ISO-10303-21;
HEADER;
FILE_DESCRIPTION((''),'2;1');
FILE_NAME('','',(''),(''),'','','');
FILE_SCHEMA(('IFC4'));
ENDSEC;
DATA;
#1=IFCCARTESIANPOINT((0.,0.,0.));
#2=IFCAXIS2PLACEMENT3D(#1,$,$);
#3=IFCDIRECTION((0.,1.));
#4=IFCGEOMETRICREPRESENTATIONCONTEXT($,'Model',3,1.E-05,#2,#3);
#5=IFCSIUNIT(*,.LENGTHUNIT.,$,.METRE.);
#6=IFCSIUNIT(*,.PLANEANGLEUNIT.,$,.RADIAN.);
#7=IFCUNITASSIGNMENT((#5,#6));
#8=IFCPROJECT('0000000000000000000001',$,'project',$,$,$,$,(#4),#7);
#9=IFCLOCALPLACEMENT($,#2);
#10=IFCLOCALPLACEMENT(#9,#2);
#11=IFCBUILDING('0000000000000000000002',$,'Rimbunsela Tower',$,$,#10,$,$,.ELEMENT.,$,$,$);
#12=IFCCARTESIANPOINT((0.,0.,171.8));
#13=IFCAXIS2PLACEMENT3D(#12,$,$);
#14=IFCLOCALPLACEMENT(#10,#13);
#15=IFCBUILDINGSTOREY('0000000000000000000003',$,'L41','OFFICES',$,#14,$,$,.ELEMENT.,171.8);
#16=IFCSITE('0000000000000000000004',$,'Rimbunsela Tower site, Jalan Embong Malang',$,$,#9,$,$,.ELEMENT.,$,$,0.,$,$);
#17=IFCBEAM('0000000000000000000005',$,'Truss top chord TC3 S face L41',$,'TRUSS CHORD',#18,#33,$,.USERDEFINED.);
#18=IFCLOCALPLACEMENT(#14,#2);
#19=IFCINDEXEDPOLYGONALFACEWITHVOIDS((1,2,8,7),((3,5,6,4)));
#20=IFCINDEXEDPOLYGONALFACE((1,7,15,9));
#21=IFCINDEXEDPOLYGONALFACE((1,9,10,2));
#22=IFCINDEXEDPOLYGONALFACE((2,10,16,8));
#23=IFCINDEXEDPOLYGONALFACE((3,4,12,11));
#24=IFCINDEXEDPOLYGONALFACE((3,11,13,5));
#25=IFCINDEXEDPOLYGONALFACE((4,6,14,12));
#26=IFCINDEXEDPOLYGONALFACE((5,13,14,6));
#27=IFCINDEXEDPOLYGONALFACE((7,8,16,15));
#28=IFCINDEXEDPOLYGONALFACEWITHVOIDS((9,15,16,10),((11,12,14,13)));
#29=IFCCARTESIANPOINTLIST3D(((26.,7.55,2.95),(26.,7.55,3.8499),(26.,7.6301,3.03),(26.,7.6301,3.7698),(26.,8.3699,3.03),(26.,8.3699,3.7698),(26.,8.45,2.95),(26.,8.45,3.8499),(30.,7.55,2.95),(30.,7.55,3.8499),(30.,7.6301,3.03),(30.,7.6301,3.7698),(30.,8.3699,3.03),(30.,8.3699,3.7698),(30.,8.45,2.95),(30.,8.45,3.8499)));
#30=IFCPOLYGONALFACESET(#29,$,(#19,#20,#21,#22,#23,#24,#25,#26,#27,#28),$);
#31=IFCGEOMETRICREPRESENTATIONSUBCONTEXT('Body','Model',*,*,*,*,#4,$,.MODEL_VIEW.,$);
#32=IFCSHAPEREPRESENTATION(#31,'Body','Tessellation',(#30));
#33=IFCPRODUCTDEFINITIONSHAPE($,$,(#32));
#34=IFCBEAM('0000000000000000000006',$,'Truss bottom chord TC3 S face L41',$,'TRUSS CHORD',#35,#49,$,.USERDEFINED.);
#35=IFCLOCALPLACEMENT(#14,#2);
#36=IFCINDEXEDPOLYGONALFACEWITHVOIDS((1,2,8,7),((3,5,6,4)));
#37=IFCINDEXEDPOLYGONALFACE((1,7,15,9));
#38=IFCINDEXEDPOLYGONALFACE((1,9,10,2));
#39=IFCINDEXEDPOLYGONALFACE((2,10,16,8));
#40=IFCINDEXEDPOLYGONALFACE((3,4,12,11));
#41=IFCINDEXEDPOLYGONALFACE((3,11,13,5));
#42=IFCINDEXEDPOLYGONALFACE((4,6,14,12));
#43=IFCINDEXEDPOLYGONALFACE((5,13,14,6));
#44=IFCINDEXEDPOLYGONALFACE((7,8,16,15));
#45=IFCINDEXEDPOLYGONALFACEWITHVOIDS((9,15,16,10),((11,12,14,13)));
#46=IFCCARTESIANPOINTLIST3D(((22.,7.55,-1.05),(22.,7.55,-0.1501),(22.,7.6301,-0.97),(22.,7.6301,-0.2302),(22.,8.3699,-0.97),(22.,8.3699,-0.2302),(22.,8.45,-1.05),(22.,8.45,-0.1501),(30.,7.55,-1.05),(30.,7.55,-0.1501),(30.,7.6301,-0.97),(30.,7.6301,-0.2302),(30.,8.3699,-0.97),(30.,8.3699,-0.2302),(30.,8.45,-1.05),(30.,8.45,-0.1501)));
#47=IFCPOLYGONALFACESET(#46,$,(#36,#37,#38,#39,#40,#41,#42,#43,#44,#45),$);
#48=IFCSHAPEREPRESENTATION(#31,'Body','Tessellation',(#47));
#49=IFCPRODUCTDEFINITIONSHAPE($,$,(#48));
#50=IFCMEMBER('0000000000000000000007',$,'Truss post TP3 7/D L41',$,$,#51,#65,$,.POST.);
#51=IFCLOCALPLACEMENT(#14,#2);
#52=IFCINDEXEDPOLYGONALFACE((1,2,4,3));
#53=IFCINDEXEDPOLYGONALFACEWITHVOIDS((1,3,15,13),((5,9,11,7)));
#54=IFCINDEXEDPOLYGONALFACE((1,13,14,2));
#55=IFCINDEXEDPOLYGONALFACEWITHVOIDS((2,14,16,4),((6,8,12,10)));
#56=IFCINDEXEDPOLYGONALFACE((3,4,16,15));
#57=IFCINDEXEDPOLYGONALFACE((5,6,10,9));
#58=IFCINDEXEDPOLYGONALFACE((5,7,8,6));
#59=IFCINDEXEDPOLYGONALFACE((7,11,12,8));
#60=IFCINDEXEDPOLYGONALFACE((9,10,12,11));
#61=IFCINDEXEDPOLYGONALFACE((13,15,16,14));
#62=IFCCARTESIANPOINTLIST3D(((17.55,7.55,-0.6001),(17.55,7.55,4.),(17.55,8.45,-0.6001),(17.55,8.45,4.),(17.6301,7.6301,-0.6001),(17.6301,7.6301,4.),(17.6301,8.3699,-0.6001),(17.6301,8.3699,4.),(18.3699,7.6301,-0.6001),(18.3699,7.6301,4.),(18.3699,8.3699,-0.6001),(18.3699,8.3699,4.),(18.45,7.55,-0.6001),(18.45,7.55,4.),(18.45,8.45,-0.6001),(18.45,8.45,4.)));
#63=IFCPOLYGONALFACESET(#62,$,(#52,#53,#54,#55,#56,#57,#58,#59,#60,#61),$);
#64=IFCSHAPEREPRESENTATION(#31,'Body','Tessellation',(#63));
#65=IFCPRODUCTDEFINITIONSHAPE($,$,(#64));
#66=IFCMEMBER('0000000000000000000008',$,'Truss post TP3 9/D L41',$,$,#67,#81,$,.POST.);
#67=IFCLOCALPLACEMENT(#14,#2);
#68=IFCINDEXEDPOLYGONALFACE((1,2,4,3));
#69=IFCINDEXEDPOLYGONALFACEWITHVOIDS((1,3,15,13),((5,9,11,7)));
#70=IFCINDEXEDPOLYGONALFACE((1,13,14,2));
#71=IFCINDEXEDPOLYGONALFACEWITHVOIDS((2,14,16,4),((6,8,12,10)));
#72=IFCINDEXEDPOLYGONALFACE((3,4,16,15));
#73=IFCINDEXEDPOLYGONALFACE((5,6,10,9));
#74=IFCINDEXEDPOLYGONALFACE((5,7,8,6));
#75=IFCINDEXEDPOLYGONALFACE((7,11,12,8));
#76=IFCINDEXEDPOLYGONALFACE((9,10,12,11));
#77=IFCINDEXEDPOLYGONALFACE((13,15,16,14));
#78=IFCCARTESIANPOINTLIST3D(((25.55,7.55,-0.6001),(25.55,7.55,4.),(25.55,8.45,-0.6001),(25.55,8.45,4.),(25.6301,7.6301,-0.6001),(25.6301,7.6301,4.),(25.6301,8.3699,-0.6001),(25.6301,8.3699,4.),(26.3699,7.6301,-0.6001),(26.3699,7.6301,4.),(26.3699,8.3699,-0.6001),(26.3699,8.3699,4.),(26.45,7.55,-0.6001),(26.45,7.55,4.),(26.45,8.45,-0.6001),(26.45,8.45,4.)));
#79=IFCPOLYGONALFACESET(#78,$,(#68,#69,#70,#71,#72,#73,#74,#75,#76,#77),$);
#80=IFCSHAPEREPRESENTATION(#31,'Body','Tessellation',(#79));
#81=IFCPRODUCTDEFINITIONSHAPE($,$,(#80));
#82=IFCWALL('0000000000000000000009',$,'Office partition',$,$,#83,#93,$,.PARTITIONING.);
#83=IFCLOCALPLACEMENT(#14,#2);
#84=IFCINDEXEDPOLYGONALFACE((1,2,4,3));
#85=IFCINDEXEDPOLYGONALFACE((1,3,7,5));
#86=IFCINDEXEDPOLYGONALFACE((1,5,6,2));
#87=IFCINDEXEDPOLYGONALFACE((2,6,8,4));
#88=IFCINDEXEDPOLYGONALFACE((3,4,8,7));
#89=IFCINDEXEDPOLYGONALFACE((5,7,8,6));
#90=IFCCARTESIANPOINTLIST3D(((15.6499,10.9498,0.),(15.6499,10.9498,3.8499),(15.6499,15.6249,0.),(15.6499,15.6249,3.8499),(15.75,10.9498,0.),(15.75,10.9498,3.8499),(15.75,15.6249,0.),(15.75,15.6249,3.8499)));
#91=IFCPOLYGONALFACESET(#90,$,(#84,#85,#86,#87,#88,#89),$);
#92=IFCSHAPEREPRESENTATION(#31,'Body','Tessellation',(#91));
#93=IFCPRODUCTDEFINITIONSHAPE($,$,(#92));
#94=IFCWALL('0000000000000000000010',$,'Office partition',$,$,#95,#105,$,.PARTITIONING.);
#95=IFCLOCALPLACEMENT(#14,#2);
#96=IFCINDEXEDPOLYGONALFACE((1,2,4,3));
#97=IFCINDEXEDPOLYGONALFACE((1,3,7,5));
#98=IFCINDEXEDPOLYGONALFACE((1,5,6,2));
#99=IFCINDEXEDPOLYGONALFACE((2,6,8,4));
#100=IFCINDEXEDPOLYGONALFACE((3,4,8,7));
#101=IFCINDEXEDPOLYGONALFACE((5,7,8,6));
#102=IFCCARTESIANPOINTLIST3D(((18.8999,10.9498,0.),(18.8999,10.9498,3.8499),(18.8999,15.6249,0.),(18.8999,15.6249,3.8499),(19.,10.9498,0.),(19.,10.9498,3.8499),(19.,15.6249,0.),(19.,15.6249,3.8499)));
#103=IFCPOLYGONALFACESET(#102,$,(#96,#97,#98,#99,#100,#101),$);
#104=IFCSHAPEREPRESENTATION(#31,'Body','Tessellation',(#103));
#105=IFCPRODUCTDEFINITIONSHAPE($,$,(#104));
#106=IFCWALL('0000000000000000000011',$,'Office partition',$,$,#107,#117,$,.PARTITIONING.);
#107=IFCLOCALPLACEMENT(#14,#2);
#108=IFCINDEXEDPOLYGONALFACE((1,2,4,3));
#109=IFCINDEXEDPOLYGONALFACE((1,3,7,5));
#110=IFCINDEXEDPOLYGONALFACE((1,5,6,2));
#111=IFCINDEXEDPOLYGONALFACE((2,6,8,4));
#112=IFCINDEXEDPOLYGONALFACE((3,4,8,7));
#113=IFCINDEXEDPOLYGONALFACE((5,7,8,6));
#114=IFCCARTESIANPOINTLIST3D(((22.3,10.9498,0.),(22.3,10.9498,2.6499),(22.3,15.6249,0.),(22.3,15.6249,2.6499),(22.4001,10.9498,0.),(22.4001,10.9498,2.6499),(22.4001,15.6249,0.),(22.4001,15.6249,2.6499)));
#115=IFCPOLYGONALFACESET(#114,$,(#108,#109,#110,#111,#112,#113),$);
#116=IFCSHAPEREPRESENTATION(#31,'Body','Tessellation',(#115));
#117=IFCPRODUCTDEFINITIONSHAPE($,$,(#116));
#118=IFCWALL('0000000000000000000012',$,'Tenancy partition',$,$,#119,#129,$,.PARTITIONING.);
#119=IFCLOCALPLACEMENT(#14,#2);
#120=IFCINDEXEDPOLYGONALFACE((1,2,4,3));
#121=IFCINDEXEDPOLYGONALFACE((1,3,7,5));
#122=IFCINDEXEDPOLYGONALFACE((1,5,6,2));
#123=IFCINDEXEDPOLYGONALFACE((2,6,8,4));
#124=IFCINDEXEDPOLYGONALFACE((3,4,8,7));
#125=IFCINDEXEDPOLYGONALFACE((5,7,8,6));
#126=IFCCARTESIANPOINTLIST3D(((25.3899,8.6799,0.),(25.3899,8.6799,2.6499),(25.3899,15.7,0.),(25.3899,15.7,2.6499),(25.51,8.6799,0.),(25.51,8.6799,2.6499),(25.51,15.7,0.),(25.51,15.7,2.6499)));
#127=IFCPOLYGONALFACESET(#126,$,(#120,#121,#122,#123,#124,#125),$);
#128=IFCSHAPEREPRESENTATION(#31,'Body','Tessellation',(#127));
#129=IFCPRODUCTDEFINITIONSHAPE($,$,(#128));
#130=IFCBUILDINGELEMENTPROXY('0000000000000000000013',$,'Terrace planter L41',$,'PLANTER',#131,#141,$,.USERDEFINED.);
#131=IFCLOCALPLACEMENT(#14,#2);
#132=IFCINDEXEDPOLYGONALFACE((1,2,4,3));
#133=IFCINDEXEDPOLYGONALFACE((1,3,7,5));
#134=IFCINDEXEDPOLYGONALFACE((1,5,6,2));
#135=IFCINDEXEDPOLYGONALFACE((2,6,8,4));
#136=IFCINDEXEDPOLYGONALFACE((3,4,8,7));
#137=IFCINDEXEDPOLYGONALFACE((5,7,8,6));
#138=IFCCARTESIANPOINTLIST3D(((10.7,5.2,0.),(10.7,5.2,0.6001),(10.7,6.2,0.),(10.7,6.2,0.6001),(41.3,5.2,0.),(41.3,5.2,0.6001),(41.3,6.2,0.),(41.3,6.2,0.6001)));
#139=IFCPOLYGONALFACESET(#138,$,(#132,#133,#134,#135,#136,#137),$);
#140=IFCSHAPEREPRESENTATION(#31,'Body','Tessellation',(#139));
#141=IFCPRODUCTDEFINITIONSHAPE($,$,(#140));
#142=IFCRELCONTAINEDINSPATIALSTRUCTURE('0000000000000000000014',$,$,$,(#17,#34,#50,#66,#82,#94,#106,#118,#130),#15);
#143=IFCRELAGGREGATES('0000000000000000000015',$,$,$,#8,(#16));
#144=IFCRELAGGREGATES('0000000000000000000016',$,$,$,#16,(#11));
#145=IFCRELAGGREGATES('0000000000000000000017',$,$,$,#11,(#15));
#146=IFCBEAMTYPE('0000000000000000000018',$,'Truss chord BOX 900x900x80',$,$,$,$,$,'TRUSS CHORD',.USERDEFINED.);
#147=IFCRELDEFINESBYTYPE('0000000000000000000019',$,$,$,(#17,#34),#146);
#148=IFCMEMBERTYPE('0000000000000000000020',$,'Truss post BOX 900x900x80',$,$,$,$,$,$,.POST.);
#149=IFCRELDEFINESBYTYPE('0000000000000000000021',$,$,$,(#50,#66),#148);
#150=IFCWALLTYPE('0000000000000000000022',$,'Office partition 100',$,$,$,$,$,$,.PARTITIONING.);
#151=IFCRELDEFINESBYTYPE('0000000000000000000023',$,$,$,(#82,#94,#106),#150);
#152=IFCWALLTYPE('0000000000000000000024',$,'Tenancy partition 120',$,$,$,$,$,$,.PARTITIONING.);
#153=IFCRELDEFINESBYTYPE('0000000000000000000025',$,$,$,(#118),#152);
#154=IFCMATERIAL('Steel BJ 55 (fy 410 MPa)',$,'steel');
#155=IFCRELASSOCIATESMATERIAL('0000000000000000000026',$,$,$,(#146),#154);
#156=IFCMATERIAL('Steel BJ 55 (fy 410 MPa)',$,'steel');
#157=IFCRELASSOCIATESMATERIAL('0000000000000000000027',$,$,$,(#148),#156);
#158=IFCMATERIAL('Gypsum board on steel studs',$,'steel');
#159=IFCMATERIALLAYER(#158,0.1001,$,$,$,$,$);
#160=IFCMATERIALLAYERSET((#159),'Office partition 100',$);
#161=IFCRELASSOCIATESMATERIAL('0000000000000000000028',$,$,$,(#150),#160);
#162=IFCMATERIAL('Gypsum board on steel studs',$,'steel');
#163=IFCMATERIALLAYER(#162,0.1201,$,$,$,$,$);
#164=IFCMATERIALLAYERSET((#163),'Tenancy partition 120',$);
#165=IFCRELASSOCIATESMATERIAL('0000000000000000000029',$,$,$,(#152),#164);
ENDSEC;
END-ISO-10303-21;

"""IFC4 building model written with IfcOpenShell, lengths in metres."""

from ifc_helpers import new_model, si_unit, direction, frame, frame_2d, origin, origin_2d, place, context, subcontext, project, spatial, rectangle, hollow_rectangle, extrude, material, layer, layer_set, material_profile, profile_set, type_object, element, save


model = new_model("IFC4")

# Units and contexts
model_context = context("Model", 3, precision=1e-05, world=origin(), true_north=direction((0.0, 1.0)))
body_context = subcontext(model_context, "Body", "Model", "MODEL_VIEW")
ifc_project = project(units=[si_unit("LENGTHUNIT", "METRE"), si_unit("PLANEANGLEUNIT", "RADIAN")], contexts=[model_context])

# Site, building, storey
site_placement = place(None, origin())
site = spatial("IfcSite", under=ifc_project, at=site_placement, Name="Rimbunsela Tower site, Jalan Embong Malang", CompositionType="ELEMENT", RefElevation=0.0)
building_placement = place(site_placement, origin())
building = spatial("IfcBuilding", under=site, at=building_placement, Name="Rimbunsela Tower", CompositionType="ELEMENT")
storey_placement = place(building_placement, frame((0.0, 0.0, 171.8)))
storey = spatial("IfcBuildingStorey", under=building, at=storey_placement, Name="L41", Description="OFFICES", CompositionType="ELEMENT", Elevation=171.8)

# Beams
ifc_material_1 = material(Name="Steel BJ 55 (fy 410 MPa)", Category="steel")
ifc_material_profile_1 = material_profile(ifc_material_1, hollow_rectangle(XDim=0.8999, YDim=0.8999, WallThickness=0.0801, at=origin_2d()), Name="BOX 900x900x80")
ifc_profile_set_1 = profile_set([ifc_material_profile_1], Name="Steel BJ 55 (fy 410 MPa)")
beam_type_1 = type_object("IfcBeamType", Name="Truss chord BOX 900x900x80", ElementType="TRUSS CHORD", PredefinedType="USERDEFINED", material=ifc_profile_set_1)
for number, where, z_axis, x_axis, name in (
    (1, (26.0, 8.0, 3.3999), (1.0, 0.0, 0.0), (0.0, 1.0, 0.0), "Truss top chord TC3 S face L41"),
):
    element("IfcBeam", number, at=place(storey_placement, frame(where, z_axis=z_axis, x_axis=x_axis)), inside=storey, type_object=beam_type_1, Name=name, ObjectType="TRUSS CHORD", PredefinedType="USERDEFINED", context=body_context, shape_type="SweptSolid", body=[
        extrude(hollow_rectangle(XDim=0.8999, YDim=0.8999, WallThickness=0.0801, at=origin_2d()), origin(), (0.0, 0.0, 1.0), 4.0),
    ])
beam_1_placement = place(storey_placement, frame((22.0, 8.0, -0.6001), z_axis=(1.0, 0.0, 0.0), x_axis=(0.0, 1.0, 0.0)))
element("IfcBeam", 2, at=beam_1_placement, inside=storey, type_object=beam_type_1, Name="Truss bottom chord TC3 S face L41", ObjectType="TRUSS CHORD", PredefinedType="USERDEFINED", context=body_context, shape_type="SweptSolid", body=[
    extrude(hollow_rectangle(XDim=0.8999, YDim=0.8999, WallThickness=0.0801, at=origin_2d()), origin(), (0.0, 0.0, 1.0), 8.0),
])

# Members
ifc_material_2 = material(Name="Steel BJ 55 (fy 410 MPa)", Category="steel")
ifc_material_profile_2 = material_profile(ifc_material_2, hollow_rectangle(XDim=0.8999, YDim=0.8999, WallThickness=0.0801, at=origin_2d()), Name="BOX 900x900x80")
ifc_profile_set_2 = profile_set([ifc_material_profile_2], Name="Steel BJ 55 (fy 410 MPa)")
member_type = type_object("IfcMemberType", Name="Truss post BOX 900x900x80", PredefinedType="POST", material=ifc_profile_set_2)
for number, where, z_axis, x_axis, name in (
    (3, (18.0, 8.0, -0.6001), (0.0, 0.0, 1.0), (1.0, 0.0, 0.0), "Truss post TP3 7/D L41"),
    (4, (26.0, 8.0, -0.6001), (0.0, 0.0, 1.0), (1.0, 0.0, 0.0), "Truss post TP3 9/D L41"),
):
    element("IfcMember", number, at=place(storey_placement, frame(where, z_axis=z_axis, x_axis=x_axis)), inside=storey, type_object=member_type, Name=name, PredefinedType="POST", context=body_context, shape_type="SweptSolid", body=[
        extrude(hollow_rectangle(XDim=0.8999, YDim=0.8999, WallThickness=0.0801, at=origin_2d()), origin(), (0.0, 0.0, 1.0), 4.6001),
    ])

# Walls
ifc_material_3 = material(Name="Gypsum board on steel studs", Category="steel")
ifc_layer_1 = layer(ifc_material_3, 0.1001)
ifc_layer_set_1 = layer_set([ifc_layer_1], Name="Office partition 100")
wall_type_1 = type_object("IfcWallType", Name="Office partition 100", PredefinedType="PARTITIONING", material=ifc_layer_set_1)
for number, where, z_axis, x_axis, name in (
    (5, (15.7, 10.95, 0.0), (0.0, 0.0, 1.0), (0.0, 1.0, 0.0), "Office partition"),
    (6, (18.95, 10.95, 0.0), (0.0, 0.0, 1.0), (0.0, 1.0, 0.0), "Office partition"),
):
    element("IfcWall", number, at=place(storey_placement, frame(where, z_axis=z_axis, x_axis=x_axis)), inside=storey, type_object=wall_type_1, Name=name, PredefinedType="PARTITIONING", context=body_context, shape_type="SweptSolid", body=[
        extrude(rectangle(XDim=4.675, YDim=0.1001, at=frame_2d((2.3374, 0.0))), origin(), (0.0, 0.0, 1.0), 3.8499),
    ])
wall_1_placement = place(storey_placement, frame((22.3501, 10.95, 0.0), z_axis=(0.0, 0.0, 1.0), x_axis=(0.0, 1.0, 0.0)))
element("IfcWall", 7, at=wall_1_placement, inside=storey, type_object=wall_type_1, Name="Office partition", PredefinedType="PARTITIONING", context=body_context, shape_type="SweptSolid", body=[
    extrude(rectangle(XDim=4.675, YDim=0.1001, at=frame_2d((2.3374, 0.0))), origin(), (0.0, 0.0, 1.0), 2.6499),
])
ifc_material_4 = material(Name="Gypsum board on steel studs", Category="steel")
ifc_layer_2 = layer(ifc_material_4, 0.1201)
ifc_layer_set_2 = layer_set([ifc_layer_2], Name="Tenancy partition 120")
wall_type_2 = type_object("IfcWallType", Name="Tenancy partition 120", PredefinedType="PARTITIONING", material=ifc_layer_set_2)
wall_2_placement = place(storey_placement, frame((25.45, 8.6799, 0.0), z_axis=(0.0, 0.0, 1.0), x_axis=(0.0, 1.0, 0.0)))
element("IfcWall", 8, at=wall_2_placement, inside=storey, type_object=wall_type_2, Name="Tenancy partition", PredefinedType="PARTITIONING", context=body_context, shape_type="SweptSolid", body=[
    extrude(rectangle(XDim=7.02, YDim=0.1201, at=frame_2d((3.51, 0.0))), origin(), (0.0, 0.0, 1.0), 2.6499),
])

# Building element proxy
proxy_placement = place(storey_placement, frame((26.0, 5.7, 0.0), z_axis=(0.0, 0.0, 1.0), x_axis=(1.0, 0.0, 0.0)))
element("IfcBuildingElementProxy", 9, at=proxy_placement, inside=storey, Name="Terrace planter L41", ObjectType="PLANTER", PredefinedType="USERDEFINED", context=body_context, shape_type="SweptSolid", body=[
    extrude(rectangle(XDim=30.6001, YDim=1.0, at=origin_2d()), origin(), (0.0, 0.0, 1.0), 0.6001),
])

save(model, "model.ifc")
